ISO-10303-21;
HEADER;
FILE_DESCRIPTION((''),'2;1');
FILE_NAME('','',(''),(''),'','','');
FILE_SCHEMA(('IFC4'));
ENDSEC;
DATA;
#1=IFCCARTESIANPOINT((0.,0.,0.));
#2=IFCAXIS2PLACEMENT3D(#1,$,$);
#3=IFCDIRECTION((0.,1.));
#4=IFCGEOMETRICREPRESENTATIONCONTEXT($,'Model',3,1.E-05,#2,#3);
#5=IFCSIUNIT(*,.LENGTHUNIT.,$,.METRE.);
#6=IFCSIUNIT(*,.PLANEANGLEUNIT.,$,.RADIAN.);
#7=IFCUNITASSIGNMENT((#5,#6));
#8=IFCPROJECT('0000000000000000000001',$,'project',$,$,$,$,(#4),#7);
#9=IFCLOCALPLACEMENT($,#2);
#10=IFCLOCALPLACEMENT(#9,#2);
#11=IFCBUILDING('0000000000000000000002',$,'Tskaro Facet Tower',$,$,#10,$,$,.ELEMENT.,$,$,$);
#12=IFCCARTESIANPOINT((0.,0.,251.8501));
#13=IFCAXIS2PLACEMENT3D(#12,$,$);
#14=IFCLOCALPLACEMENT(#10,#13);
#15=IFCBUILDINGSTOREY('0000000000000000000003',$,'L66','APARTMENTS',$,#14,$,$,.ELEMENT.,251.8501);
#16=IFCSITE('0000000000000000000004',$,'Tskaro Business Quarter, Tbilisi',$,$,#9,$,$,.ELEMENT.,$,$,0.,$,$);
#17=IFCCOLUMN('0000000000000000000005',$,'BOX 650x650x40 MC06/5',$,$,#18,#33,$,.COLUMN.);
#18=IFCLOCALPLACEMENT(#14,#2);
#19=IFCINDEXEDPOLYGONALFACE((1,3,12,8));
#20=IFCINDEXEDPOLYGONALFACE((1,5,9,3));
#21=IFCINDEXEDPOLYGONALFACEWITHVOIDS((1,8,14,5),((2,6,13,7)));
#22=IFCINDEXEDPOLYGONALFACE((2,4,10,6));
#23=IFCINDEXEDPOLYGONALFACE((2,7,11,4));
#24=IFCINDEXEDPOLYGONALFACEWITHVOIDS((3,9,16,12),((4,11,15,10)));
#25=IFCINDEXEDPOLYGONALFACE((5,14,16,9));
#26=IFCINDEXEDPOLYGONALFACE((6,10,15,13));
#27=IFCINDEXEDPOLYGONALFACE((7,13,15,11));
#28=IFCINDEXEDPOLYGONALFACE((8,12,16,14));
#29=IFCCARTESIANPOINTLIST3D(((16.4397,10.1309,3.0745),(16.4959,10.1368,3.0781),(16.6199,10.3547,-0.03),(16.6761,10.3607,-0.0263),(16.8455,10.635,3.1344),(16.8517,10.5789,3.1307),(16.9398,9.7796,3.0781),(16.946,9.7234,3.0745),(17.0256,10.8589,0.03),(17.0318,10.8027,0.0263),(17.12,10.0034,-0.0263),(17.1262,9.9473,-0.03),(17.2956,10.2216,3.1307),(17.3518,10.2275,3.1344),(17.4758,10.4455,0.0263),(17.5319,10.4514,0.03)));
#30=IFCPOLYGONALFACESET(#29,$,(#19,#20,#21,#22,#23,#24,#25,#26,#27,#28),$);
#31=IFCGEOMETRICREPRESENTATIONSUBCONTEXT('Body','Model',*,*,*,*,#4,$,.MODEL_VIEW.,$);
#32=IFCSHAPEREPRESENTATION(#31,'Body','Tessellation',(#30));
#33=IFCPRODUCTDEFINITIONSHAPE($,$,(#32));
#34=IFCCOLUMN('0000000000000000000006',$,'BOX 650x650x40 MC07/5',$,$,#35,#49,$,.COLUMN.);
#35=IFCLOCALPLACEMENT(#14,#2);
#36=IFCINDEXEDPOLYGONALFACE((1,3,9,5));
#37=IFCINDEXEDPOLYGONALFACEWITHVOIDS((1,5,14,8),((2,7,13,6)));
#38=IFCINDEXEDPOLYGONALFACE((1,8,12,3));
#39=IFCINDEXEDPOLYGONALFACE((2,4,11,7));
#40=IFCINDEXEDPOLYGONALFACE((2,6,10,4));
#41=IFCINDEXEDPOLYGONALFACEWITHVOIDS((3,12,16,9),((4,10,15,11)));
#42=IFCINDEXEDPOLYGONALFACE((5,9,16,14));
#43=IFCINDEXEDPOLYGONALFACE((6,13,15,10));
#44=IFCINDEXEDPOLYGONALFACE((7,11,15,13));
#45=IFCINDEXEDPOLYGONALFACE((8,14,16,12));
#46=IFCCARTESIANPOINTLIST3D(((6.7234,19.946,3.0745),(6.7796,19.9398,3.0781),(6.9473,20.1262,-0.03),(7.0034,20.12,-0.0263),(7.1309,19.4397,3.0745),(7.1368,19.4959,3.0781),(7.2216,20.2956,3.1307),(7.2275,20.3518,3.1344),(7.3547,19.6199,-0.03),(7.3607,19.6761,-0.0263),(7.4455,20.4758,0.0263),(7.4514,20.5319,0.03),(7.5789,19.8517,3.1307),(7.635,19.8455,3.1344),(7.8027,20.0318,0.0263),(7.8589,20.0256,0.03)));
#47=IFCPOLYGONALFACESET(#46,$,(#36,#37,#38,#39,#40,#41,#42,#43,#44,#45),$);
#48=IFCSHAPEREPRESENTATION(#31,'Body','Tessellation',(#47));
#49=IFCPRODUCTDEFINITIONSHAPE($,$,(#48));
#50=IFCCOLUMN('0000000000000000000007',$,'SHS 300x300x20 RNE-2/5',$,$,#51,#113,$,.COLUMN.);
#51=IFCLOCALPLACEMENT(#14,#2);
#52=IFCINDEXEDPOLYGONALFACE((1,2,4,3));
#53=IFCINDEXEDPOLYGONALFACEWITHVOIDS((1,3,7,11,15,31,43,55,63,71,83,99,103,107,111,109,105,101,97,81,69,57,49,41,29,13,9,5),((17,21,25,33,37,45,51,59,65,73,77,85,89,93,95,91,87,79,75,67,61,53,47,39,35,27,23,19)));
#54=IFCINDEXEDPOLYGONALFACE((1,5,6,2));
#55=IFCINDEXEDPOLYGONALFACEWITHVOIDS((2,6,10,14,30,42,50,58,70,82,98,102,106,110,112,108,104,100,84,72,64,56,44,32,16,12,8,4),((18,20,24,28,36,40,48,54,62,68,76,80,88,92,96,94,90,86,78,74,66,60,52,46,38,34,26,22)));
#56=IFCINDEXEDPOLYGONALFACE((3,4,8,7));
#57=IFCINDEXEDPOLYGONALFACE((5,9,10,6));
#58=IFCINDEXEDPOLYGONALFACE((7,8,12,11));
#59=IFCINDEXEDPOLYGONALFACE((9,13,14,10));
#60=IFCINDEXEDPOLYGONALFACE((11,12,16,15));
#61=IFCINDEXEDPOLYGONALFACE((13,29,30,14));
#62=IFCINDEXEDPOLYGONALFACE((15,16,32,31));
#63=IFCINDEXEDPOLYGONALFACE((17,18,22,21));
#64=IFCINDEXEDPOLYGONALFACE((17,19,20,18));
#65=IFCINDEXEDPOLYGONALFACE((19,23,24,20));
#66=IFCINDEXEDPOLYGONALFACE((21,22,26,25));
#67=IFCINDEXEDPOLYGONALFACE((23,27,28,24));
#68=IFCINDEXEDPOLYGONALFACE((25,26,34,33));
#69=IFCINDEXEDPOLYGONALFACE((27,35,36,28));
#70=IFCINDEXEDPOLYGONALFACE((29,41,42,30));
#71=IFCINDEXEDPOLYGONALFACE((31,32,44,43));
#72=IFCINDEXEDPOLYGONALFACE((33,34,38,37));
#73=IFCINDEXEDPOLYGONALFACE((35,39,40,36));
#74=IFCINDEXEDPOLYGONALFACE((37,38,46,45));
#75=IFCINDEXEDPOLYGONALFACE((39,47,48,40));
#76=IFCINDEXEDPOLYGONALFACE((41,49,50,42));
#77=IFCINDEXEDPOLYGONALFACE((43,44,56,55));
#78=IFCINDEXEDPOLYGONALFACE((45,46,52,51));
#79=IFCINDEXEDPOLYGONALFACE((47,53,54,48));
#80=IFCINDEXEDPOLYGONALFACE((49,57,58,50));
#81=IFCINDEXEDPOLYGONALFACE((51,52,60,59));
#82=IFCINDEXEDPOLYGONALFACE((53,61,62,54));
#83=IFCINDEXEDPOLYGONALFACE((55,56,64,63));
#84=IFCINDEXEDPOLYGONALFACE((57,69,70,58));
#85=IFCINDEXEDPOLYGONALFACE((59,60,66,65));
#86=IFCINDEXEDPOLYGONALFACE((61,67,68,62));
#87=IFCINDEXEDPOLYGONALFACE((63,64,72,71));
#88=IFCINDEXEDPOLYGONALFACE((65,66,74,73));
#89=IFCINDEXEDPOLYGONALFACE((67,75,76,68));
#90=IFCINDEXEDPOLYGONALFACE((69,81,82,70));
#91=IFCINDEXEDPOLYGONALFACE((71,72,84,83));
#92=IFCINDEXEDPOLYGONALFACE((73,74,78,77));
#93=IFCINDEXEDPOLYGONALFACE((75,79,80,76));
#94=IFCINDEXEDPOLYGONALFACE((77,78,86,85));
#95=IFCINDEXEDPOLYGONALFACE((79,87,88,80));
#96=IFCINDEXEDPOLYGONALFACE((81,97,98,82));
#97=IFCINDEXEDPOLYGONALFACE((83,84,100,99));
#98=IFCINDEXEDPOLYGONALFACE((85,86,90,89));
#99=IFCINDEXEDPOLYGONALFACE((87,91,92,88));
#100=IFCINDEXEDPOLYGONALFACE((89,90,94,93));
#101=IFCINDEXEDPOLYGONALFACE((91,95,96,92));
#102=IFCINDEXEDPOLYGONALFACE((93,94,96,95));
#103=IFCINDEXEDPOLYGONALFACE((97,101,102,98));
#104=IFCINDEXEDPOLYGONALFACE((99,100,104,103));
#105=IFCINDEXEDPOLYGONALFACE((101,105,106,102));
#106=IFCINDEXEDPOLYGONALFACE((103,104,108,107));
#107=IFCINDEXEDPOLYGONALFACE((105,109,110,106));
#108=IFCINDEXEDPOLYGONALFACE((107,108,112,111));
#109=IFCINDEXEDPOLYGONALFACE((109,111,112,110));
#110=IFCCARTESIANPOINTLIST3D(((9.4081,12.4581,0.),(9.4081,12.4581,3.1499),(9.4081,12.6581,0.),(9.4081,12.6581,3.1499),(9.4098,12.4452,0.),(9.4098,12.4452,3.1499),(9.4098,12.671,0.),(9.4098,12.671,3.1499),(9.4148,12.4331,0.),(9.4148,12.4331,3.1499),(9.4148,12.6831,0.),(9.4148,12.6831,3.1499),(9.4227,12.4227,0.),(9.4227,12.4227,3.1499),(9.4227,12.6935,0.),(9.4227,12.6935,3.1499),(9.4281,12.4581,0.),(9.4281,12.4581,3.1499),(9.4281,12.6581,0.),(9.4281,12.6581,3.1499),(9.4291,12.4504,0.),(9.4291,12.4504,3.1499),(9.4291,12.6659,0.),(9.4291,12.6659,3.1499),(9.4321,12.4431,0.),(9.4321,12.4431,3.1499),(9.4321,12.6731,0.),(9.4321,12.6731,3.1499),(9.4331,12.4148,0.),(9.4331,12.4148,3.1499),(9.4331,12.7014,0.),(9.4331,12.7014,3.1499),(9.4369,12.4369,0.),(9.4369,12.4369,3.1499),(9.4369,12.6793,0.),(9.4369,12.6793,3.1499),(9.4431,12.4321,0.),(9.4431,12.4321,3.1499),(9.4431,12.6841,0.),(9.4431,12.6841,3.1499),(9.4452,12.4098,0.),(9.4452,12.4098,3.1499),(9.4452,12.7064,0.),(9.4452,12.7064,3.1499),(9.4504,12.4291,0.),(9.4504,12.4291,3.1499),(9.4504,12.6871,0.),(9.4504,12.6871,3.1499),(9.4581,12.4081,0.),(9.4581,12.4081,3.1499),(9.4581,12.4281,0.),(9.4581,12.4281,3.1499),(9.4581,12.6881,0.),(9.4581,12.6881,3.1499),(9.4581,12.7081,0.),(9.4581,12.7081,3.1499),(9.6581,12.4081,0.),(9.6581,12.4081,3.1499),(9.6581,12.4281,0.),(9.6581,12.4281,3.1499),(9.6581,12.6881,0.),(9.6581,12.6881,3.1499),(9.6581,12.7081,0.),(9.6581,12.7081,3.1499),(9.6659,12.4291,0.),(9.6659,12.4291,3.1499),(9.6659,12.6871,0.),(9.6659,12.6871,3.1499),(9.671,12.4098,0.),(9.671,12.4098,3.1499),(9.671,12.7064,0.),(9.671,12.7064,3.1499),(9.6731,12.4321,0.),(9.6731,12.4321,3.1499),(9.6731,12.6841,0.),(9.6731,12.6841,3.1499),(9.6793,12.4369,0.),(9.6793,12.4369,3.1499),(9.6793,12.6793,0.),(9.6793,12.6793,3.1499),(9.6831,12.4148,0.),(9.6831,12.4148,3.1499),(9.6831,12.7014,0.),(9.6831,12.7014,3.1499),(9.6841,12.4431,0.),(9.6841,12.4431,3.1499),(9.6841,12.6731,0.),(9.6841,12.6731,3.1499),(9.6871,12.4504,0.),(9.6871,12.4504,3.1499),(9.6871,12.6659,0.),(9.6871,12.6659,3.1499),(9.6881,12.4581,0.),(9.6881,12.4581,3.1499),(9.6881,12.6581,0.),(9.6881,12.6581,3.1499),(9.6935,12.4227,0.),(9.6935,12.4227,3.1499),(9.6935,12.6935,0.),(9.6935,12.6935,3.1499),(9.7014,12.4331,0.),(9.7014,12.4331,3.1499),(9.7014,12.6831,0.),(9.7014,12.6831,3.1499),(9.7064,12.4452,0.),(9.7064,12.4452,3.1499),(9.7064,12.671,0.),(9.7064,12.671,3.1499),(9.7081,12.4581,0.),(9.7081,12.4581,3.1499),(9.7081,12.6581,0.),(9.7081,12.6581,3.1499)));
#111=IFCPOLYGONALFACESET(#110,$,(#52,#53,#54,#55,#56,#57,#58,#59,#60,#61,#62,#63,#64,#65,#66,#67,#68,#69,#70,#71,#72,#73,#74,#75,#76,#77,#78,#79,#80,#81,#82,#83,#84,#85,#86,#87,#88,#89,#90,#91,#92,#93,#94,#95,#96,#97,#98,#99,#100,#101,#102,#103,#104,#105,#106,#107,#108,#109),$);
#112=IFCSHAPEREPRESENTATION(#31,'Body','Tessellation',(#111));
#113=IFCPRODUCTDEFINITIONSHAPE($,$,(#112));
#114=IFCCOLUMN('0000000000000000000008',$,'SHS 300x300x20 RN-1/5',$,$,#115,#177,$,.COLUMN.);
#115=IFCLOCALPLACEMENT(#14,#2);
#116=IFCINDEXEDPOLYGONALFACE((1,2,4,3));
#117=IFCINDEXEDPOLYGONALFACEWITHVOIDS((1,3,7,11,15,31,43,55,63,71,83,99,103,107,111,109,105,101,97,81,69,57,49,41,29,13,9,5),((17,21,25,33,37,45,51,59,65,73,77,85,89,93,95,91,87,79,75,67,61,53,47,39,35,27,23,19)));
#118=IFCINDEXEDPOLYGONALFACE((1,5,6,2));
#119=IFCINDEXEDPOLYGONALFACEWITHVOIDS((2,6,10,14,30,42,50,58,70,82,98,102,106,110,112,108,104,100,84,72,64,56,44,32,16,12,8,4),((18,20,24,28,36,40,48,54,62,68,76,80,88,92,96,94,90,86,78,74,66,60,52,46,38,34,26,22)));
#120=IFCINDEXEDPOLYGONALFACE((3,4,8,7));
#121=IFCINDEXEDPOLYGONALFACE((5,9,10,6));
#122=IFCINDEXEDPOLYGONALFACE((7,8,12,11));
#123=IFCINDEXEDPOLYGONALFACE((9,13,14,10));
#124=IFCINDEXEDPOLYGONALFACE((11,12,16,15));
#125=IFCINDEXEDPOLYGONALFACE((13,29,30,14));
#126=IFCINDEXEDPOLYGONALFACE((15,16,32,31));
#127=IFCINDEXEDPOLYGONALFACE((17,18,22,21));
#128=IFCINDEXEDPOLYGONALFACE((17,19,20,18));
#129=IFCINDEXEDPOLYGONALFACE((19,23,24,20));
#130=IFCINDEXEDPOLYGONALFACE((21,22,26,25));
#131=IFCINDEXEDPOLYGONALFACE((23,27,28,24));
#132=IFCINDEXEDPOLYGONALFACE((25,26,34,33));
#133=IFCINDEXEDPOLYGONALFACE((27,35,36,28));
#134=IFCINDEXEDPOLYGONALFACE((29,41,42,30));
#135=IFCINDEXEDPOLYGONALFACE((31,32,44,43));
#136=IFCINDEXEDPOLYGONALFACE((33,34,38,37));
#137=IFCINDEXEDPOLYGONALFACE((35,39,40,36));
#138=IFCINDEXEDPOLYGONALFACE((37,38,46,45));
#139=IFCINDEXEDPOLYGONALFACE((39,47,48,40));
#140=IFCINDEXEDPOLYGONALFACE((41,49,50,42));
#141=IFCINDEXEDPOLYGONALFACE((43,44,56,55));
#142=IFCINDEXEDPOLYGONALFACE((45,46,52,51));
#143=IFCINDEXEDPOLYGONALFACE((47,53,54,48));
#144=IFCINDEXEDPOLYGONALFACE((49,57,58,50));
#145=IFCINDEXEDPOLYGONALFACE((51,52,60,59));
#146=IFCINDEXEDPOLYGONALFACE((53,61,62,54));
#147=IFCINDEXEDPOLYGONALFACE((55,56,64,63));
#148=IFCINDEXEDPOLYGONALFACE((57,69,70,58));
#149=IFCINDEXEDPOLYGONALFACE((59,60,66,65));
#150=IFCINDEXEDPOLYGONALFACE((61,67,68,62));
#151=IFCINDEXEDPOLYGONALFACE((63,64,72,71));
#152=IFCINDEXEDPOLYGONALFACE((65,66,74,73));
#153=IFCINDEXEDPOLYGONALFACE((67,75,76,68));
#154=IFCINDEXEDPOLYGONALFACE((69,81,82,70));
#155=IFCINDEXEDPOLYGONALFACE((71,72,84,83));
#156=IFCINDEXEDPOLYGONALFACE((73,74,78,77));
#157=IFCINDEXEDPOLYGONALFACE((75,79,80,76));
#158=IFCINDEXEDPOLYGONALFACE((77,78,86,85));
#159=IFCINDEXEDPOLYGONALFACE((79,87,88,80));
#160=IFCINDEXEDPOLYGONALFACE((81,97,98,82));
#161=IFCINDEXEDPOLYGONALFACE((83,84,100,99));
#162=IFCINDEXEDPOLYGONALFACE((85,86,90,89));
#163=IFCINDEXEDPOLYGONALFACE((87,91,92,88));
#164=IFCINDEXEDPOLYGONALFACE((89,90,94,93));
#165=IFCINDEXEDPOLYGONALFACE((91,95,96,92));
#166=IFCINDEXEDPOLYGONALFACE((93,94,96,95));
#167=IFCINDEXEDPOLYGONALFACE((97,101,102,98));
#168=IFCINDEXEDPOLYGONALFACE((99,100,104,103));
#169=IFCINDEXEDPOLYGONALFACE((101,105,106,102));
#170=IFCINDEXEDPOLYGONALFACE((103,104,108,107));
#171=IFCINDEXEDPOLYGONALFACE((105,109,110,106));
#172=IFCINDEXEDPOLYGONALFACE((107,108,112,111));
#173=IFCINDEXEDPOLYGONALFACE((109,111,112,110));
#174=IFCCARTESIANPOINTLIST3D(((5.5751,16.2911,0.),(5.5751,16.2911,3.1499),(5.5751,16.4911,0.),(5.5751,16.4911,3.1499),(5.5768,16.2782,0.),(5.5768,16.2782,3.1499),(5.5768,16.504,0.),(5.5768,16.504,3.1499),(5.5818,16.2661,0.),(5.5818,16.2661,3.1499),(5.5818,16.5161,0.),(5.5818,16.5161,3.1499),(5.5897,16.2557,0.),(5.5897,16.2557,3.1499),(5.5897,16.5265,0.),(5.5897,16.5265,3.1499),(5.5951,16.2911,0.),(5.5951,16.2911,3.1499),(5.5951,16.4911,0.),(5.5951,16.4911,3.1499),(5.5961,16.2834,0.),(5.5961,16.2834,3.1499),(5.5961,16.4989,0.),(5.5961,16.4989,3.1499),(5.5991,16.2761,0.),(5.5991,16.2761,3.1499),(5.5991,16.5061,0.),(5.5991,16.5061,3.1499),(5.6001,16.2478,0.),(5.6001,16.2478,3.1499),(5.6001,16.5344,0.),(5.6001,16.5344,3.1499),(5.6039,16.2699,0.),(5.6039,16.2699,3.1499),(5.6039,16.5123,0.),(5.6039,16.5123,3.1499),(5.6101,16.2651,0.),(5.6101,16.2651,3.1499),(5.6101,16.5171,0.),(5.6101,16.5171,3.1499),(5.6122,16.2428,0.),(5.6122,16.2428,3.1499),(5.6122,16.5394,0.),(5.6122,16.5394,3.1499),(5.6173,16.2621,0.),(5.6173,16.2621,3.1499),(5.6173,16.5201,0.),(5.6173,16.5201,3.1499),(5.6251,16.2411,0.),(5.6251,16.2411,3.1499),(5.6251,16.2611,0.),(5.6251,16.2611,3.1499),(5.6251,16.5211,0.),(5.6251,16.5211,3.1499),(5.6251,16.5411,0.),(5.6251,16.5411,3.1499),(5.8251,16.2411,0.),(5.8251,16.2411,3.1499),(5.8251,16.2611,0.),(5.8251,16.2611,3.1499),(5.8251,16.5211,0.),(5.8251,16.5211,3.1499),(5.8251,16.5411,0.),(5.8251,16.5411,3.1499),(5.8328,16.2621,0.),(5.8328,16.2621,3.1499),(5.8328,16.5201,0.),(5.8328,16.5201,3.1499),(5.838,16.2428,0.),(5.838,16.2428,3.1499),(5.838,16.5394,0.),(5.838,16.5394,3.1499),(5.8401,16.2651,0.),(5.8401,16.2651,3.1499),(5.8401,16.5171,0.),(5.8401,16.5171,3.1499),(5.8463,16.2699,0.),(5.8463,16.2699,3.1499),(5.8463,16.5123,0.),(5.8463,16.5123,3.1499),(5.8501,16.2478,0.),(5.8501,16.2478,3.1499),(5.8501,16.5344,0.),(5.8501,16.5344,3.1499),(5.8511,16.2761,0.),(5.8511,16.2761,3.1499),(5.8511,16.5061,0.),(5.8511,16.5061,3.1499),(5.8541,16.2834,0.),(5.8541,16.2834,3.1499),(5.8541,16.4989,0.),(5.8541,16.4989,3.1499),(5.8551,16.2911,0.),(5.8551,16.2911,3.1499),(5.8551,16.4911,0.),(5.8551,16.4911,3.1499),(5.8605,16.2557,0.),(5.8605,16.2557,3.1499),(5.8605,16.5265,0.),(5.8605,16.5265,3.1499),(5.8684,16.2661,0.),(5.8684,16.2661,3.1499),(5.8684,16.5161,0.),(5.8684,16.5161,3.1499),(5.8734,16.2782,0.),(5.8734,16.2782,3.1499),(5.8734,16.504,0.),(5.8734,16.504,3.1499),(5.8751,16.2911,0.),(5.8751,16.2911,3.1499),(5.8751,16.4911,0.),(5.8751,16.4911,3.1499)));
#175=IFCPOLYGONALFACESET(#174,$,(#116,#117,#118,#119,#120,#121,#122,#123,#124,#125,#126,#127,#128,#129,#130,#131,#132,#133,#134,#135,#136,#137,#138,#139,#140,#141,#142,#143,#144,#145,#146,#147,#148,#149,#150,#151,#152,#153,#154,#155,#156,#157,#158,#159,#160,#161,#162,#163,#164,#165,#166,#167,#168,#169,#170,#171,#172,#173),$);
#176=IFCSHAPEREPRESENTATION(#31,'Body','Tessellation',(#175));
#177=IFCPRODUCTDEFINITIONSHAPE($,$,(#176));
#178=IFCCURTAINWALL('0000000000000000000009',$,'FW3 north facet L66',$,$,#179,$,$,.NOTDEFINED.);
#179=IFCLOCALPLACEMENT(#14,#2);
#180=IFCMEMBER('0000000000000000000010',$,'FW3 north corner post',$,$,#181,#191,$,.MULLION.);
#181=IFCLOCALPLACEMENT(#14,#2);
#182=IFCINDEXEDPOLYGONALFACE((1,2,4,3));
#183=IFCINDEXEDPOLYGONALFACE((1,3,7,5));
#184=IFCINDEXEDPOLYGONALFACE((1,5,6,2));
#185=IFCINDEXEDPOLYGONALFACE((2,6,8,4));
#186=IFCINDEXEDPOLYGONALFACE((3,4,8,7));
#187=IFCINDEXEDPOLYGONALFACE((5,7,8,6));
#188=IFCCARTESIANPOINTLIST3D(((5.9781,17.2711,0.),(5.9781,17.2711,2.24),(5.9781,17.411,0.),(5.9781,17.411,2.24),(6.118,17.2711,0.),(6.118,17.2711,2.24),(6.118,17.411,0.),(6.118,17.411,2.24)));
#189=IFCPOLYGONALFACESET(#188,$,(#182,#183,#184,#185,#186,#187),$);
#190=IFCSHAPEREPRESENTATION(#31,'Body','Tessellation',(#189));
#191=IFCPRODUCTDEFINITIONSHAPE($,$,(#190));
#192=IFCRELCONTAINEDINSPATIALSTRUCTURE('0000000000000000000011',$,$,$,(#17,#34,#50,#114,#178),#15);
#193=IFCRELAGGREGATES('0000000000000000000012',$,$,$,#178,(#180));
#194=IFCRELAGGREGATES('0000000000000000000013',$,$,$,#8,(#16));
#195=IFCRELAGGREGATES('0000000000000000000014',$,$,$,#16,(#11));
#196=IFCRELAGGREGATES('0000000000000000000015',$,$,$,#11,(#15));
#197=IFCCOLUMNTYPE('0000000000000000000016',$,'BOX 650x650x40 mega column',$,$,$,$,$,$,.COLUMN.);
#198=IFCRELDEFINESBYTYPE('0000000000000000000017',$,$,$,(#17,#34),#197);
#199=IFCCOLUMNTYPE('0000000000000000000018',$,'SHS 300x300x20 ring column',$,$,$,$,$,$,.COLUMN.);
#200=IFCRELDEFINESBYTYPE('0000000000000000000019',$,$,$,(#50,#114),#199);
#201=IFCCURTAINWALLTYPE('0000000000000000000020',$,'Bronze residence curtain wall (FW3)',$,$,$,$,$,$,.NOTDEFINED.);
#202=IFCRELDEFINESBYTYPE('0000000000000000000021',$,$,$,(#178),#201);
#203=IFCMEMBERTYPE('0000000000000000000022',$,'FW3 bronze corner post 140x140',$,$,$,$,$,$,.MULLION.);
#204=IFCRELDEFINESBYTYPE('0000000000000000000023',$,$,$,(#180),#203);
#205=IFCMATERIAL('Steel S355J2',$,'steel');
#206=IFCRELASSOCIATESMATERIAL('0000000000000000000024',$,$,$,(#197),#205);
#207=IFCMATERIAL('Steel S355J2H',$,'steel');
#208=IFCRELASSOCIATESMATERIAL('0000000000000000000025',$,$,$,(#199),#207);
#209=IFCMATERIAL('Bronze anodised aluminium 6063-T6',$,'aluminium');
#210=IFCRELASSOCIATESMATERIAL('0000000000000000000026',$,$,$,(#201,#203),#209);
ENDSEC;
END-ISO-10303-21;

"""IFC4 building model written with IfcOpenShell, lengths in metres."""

from ifc_helpers import new_model, si_unit, direction, frame, origin, origin_2d, place, context, subcontext, project, spatial, rectangle, hollow_rectangle, extrude, material, material_profile, profile_set, type_object, element, aggregate, save


model = new_model("IFC4")

# Units and contexts
model_context = context("Model", 3, precision=1e-05, world=origin(), true_north=direction((0.0, 1.0)))
body_context = subcontext(model_context, "Body", "Model", "MODEL_VIEW")
ifc_project = project(units=[si_unit("LENGTHUNIT", "METRE"), si_unit("PLANEANGLEUNIT", "RADIAN")], contexts=[model_context])

# Site, building, storey
site_placement = place(None, origin())
site = spatial("IfcSite", under=ifc_project, at=site_placement, Name="Tskaro Business Quarter, Tbilisi", CompositionType="ELEMENT", RefElevation=0.0)
building_placement = place(site_placement, origin())
building = spatial("IfcBuilding", under=site, at=building_placement, Name="Tskaro Facet Tower", CompositionType="ELEMENT")
storey_placement = place(building_placement, frame((0.0, 0.0, 251.8501)))
storey = spatial("IfcBuildingStorey", under=building, at=storey_placement, Name="L66", Description="APARTMENTS", CompositionType="ELEMENT", Elevation=251.8501)

# Columns
ifc_material_1 = material(Name="Steel S355J2", Category="steel")
ifc_material_profile_1 = material_profile(ifc_material_1, hollow_rectangle(XDim=0.6499, YDim=0.6499, WallThickness=0.04, at=origin_2d()), Name="BOX 650x650x40")
ifc_profile_set_1 = profile_set([ifc_material_profile_1], Name="Steel S355J2")
column_type_1 = type_object("IfcColumnType", Name="BOX 650x650x40 mega column", PredefinedType="COLUMN", material=ifc_profile_set_1)
for number, where, z_axis, x_axis, name in (
    (1, (17.0759, 10.4031, 0.0), (-0.05779, -0.071807, 0.995743), (0.779042, -0.626972, 0.0), "BOX 650x650x40 MC06/5"),
    (2, (7.4031, 20.0759, 0.0), (-0.071807, -0.05779, 0.995743), (0.626972, -0.779042, 0.0), "BOX 650x650x40 MC07/5"),
):
    element("IfcColumn", number, at=place(storey_placement, frame(where, z_axis=z_axis, x_axis=x_axis)), inside=storey, type_object=column_type_1, Name=name, PredefinedType="COLUMN", context=body_context, shape_type="SweptSolid", body=[
        extrude(hollow_rectangle(XDim=0.6499, YDim=0.6499, WallThickness=0.04, at=origin_2d()), origin(), (0.0, 0.0, 1.0), 3.1177),
    ])
ifc_material_2 = material(Name="Steel S355J2H", Category="steel")
ifc_material_profile_2 = material_profile(ifc_material_2, hollow_rectangle(XDim=0.3, YDim=0.3, WallThickness=0.02, InnerFilletRadius=0.03, OuterFilletRadius=0.05, at=origin_2d()), Name="SHS 300x300x20")
ifc_profile_set_2 = profile_set([ifc_material_profile_2], Name="Steel S355J2H")
column_type_2 = type_object("IfcColumnType", Name="SHS 300x300x20 ring column", PredefinedType="COLUMN", material=ifc_profile_set_2)
for number, where, z_axis, x_axis, name in (
    (3, (9.5581, 12.5581, 0.0), (0.0, 0.0, 1.0), (1.0, 0.0, 0.0), "SHS 300x300x20 RNE-2/5"),
    (4, (5.7251, 16.3911, 0.0), (0.0, 0.0, 1.0), (1.0, 0.0, 0.0), "SHS 300x300x20 RN-1/5"),
):
    element("IfcColumn", number, at=place(storey_placement, frame(where, z_axis=z_axis, x_axis=x_axis)), inside=storey, type_object=column_type_2, Name=name, PredefinedType="COLUMN", context=body_context, shape_type="SweptSolid", body=[
        extrude(hollow_rectangle(XDim=0.3, YDim=0.3, WallThickness=0.02, InnerFilletRadius=0.03, OuterFilletRadius=0.05, at=origin_2d()), origin(), (0.0, 0.0, 1.0), 3.1499),
    ])

# Curtain wall, member
ifc_material_3 = material(Name="Bronze anodised aluminium 6063-T6", Category="aluminium")
curtain_wall_type = type_object("IfcCurtainWallType", Name="Bronze residence curtain wall (FW3)", PredefinedType="NOTDEFINED", material=ifc_material_3)
curtain_wall_1_placement = place(storey_placement, origin())
curtain_wall_1 = element("IfcCurtainWall", 5, at=curtain_wall_1_placement, inside=storey, type_object=curtain_wall_type, Name="FW3 north facet L66", PredefinedType="NOTDEFINED")
ifc_material_profile_3 = material_profile(ifc_material_3, rectangle(XDim=0.1399, YDim=0.1399, at=origin_2d()), Name="Corner post 140x140")
ifc_profile_set_3 = profile_set([ifc_material_profile_3], Name="Bronze anodised aluminium 6063-T6")
member_type_1 = type_object("IfcMemberType", Name="FW3 bronze corner post 140x140", PredefinedType="MULLION", material=ifc_profile_set_3)
member_1_placement = place(storey_placement, frame((6.0481, 17.3411, 0.0), z_axis=(0.0, 0.0, 1.0), x_axis=(-1.0, 0.0, 0.0)))
member_1 = element("IfcMember", 6, at=member_1_placement, type_object=member_type_1, Name="FW3 north corner post", PredefinedType="MULLION", context=body_context, shape_type="SweptSolid", body=[
    extrude(rectangle(XDim=0.1399, YDim=0.1399, at=origin_2d()), origin(), (0.0, 0.0, 1.0), 2.24),
])

aggregate(curtain_wall_1, [member_1])

save(model, "model.ifc")
